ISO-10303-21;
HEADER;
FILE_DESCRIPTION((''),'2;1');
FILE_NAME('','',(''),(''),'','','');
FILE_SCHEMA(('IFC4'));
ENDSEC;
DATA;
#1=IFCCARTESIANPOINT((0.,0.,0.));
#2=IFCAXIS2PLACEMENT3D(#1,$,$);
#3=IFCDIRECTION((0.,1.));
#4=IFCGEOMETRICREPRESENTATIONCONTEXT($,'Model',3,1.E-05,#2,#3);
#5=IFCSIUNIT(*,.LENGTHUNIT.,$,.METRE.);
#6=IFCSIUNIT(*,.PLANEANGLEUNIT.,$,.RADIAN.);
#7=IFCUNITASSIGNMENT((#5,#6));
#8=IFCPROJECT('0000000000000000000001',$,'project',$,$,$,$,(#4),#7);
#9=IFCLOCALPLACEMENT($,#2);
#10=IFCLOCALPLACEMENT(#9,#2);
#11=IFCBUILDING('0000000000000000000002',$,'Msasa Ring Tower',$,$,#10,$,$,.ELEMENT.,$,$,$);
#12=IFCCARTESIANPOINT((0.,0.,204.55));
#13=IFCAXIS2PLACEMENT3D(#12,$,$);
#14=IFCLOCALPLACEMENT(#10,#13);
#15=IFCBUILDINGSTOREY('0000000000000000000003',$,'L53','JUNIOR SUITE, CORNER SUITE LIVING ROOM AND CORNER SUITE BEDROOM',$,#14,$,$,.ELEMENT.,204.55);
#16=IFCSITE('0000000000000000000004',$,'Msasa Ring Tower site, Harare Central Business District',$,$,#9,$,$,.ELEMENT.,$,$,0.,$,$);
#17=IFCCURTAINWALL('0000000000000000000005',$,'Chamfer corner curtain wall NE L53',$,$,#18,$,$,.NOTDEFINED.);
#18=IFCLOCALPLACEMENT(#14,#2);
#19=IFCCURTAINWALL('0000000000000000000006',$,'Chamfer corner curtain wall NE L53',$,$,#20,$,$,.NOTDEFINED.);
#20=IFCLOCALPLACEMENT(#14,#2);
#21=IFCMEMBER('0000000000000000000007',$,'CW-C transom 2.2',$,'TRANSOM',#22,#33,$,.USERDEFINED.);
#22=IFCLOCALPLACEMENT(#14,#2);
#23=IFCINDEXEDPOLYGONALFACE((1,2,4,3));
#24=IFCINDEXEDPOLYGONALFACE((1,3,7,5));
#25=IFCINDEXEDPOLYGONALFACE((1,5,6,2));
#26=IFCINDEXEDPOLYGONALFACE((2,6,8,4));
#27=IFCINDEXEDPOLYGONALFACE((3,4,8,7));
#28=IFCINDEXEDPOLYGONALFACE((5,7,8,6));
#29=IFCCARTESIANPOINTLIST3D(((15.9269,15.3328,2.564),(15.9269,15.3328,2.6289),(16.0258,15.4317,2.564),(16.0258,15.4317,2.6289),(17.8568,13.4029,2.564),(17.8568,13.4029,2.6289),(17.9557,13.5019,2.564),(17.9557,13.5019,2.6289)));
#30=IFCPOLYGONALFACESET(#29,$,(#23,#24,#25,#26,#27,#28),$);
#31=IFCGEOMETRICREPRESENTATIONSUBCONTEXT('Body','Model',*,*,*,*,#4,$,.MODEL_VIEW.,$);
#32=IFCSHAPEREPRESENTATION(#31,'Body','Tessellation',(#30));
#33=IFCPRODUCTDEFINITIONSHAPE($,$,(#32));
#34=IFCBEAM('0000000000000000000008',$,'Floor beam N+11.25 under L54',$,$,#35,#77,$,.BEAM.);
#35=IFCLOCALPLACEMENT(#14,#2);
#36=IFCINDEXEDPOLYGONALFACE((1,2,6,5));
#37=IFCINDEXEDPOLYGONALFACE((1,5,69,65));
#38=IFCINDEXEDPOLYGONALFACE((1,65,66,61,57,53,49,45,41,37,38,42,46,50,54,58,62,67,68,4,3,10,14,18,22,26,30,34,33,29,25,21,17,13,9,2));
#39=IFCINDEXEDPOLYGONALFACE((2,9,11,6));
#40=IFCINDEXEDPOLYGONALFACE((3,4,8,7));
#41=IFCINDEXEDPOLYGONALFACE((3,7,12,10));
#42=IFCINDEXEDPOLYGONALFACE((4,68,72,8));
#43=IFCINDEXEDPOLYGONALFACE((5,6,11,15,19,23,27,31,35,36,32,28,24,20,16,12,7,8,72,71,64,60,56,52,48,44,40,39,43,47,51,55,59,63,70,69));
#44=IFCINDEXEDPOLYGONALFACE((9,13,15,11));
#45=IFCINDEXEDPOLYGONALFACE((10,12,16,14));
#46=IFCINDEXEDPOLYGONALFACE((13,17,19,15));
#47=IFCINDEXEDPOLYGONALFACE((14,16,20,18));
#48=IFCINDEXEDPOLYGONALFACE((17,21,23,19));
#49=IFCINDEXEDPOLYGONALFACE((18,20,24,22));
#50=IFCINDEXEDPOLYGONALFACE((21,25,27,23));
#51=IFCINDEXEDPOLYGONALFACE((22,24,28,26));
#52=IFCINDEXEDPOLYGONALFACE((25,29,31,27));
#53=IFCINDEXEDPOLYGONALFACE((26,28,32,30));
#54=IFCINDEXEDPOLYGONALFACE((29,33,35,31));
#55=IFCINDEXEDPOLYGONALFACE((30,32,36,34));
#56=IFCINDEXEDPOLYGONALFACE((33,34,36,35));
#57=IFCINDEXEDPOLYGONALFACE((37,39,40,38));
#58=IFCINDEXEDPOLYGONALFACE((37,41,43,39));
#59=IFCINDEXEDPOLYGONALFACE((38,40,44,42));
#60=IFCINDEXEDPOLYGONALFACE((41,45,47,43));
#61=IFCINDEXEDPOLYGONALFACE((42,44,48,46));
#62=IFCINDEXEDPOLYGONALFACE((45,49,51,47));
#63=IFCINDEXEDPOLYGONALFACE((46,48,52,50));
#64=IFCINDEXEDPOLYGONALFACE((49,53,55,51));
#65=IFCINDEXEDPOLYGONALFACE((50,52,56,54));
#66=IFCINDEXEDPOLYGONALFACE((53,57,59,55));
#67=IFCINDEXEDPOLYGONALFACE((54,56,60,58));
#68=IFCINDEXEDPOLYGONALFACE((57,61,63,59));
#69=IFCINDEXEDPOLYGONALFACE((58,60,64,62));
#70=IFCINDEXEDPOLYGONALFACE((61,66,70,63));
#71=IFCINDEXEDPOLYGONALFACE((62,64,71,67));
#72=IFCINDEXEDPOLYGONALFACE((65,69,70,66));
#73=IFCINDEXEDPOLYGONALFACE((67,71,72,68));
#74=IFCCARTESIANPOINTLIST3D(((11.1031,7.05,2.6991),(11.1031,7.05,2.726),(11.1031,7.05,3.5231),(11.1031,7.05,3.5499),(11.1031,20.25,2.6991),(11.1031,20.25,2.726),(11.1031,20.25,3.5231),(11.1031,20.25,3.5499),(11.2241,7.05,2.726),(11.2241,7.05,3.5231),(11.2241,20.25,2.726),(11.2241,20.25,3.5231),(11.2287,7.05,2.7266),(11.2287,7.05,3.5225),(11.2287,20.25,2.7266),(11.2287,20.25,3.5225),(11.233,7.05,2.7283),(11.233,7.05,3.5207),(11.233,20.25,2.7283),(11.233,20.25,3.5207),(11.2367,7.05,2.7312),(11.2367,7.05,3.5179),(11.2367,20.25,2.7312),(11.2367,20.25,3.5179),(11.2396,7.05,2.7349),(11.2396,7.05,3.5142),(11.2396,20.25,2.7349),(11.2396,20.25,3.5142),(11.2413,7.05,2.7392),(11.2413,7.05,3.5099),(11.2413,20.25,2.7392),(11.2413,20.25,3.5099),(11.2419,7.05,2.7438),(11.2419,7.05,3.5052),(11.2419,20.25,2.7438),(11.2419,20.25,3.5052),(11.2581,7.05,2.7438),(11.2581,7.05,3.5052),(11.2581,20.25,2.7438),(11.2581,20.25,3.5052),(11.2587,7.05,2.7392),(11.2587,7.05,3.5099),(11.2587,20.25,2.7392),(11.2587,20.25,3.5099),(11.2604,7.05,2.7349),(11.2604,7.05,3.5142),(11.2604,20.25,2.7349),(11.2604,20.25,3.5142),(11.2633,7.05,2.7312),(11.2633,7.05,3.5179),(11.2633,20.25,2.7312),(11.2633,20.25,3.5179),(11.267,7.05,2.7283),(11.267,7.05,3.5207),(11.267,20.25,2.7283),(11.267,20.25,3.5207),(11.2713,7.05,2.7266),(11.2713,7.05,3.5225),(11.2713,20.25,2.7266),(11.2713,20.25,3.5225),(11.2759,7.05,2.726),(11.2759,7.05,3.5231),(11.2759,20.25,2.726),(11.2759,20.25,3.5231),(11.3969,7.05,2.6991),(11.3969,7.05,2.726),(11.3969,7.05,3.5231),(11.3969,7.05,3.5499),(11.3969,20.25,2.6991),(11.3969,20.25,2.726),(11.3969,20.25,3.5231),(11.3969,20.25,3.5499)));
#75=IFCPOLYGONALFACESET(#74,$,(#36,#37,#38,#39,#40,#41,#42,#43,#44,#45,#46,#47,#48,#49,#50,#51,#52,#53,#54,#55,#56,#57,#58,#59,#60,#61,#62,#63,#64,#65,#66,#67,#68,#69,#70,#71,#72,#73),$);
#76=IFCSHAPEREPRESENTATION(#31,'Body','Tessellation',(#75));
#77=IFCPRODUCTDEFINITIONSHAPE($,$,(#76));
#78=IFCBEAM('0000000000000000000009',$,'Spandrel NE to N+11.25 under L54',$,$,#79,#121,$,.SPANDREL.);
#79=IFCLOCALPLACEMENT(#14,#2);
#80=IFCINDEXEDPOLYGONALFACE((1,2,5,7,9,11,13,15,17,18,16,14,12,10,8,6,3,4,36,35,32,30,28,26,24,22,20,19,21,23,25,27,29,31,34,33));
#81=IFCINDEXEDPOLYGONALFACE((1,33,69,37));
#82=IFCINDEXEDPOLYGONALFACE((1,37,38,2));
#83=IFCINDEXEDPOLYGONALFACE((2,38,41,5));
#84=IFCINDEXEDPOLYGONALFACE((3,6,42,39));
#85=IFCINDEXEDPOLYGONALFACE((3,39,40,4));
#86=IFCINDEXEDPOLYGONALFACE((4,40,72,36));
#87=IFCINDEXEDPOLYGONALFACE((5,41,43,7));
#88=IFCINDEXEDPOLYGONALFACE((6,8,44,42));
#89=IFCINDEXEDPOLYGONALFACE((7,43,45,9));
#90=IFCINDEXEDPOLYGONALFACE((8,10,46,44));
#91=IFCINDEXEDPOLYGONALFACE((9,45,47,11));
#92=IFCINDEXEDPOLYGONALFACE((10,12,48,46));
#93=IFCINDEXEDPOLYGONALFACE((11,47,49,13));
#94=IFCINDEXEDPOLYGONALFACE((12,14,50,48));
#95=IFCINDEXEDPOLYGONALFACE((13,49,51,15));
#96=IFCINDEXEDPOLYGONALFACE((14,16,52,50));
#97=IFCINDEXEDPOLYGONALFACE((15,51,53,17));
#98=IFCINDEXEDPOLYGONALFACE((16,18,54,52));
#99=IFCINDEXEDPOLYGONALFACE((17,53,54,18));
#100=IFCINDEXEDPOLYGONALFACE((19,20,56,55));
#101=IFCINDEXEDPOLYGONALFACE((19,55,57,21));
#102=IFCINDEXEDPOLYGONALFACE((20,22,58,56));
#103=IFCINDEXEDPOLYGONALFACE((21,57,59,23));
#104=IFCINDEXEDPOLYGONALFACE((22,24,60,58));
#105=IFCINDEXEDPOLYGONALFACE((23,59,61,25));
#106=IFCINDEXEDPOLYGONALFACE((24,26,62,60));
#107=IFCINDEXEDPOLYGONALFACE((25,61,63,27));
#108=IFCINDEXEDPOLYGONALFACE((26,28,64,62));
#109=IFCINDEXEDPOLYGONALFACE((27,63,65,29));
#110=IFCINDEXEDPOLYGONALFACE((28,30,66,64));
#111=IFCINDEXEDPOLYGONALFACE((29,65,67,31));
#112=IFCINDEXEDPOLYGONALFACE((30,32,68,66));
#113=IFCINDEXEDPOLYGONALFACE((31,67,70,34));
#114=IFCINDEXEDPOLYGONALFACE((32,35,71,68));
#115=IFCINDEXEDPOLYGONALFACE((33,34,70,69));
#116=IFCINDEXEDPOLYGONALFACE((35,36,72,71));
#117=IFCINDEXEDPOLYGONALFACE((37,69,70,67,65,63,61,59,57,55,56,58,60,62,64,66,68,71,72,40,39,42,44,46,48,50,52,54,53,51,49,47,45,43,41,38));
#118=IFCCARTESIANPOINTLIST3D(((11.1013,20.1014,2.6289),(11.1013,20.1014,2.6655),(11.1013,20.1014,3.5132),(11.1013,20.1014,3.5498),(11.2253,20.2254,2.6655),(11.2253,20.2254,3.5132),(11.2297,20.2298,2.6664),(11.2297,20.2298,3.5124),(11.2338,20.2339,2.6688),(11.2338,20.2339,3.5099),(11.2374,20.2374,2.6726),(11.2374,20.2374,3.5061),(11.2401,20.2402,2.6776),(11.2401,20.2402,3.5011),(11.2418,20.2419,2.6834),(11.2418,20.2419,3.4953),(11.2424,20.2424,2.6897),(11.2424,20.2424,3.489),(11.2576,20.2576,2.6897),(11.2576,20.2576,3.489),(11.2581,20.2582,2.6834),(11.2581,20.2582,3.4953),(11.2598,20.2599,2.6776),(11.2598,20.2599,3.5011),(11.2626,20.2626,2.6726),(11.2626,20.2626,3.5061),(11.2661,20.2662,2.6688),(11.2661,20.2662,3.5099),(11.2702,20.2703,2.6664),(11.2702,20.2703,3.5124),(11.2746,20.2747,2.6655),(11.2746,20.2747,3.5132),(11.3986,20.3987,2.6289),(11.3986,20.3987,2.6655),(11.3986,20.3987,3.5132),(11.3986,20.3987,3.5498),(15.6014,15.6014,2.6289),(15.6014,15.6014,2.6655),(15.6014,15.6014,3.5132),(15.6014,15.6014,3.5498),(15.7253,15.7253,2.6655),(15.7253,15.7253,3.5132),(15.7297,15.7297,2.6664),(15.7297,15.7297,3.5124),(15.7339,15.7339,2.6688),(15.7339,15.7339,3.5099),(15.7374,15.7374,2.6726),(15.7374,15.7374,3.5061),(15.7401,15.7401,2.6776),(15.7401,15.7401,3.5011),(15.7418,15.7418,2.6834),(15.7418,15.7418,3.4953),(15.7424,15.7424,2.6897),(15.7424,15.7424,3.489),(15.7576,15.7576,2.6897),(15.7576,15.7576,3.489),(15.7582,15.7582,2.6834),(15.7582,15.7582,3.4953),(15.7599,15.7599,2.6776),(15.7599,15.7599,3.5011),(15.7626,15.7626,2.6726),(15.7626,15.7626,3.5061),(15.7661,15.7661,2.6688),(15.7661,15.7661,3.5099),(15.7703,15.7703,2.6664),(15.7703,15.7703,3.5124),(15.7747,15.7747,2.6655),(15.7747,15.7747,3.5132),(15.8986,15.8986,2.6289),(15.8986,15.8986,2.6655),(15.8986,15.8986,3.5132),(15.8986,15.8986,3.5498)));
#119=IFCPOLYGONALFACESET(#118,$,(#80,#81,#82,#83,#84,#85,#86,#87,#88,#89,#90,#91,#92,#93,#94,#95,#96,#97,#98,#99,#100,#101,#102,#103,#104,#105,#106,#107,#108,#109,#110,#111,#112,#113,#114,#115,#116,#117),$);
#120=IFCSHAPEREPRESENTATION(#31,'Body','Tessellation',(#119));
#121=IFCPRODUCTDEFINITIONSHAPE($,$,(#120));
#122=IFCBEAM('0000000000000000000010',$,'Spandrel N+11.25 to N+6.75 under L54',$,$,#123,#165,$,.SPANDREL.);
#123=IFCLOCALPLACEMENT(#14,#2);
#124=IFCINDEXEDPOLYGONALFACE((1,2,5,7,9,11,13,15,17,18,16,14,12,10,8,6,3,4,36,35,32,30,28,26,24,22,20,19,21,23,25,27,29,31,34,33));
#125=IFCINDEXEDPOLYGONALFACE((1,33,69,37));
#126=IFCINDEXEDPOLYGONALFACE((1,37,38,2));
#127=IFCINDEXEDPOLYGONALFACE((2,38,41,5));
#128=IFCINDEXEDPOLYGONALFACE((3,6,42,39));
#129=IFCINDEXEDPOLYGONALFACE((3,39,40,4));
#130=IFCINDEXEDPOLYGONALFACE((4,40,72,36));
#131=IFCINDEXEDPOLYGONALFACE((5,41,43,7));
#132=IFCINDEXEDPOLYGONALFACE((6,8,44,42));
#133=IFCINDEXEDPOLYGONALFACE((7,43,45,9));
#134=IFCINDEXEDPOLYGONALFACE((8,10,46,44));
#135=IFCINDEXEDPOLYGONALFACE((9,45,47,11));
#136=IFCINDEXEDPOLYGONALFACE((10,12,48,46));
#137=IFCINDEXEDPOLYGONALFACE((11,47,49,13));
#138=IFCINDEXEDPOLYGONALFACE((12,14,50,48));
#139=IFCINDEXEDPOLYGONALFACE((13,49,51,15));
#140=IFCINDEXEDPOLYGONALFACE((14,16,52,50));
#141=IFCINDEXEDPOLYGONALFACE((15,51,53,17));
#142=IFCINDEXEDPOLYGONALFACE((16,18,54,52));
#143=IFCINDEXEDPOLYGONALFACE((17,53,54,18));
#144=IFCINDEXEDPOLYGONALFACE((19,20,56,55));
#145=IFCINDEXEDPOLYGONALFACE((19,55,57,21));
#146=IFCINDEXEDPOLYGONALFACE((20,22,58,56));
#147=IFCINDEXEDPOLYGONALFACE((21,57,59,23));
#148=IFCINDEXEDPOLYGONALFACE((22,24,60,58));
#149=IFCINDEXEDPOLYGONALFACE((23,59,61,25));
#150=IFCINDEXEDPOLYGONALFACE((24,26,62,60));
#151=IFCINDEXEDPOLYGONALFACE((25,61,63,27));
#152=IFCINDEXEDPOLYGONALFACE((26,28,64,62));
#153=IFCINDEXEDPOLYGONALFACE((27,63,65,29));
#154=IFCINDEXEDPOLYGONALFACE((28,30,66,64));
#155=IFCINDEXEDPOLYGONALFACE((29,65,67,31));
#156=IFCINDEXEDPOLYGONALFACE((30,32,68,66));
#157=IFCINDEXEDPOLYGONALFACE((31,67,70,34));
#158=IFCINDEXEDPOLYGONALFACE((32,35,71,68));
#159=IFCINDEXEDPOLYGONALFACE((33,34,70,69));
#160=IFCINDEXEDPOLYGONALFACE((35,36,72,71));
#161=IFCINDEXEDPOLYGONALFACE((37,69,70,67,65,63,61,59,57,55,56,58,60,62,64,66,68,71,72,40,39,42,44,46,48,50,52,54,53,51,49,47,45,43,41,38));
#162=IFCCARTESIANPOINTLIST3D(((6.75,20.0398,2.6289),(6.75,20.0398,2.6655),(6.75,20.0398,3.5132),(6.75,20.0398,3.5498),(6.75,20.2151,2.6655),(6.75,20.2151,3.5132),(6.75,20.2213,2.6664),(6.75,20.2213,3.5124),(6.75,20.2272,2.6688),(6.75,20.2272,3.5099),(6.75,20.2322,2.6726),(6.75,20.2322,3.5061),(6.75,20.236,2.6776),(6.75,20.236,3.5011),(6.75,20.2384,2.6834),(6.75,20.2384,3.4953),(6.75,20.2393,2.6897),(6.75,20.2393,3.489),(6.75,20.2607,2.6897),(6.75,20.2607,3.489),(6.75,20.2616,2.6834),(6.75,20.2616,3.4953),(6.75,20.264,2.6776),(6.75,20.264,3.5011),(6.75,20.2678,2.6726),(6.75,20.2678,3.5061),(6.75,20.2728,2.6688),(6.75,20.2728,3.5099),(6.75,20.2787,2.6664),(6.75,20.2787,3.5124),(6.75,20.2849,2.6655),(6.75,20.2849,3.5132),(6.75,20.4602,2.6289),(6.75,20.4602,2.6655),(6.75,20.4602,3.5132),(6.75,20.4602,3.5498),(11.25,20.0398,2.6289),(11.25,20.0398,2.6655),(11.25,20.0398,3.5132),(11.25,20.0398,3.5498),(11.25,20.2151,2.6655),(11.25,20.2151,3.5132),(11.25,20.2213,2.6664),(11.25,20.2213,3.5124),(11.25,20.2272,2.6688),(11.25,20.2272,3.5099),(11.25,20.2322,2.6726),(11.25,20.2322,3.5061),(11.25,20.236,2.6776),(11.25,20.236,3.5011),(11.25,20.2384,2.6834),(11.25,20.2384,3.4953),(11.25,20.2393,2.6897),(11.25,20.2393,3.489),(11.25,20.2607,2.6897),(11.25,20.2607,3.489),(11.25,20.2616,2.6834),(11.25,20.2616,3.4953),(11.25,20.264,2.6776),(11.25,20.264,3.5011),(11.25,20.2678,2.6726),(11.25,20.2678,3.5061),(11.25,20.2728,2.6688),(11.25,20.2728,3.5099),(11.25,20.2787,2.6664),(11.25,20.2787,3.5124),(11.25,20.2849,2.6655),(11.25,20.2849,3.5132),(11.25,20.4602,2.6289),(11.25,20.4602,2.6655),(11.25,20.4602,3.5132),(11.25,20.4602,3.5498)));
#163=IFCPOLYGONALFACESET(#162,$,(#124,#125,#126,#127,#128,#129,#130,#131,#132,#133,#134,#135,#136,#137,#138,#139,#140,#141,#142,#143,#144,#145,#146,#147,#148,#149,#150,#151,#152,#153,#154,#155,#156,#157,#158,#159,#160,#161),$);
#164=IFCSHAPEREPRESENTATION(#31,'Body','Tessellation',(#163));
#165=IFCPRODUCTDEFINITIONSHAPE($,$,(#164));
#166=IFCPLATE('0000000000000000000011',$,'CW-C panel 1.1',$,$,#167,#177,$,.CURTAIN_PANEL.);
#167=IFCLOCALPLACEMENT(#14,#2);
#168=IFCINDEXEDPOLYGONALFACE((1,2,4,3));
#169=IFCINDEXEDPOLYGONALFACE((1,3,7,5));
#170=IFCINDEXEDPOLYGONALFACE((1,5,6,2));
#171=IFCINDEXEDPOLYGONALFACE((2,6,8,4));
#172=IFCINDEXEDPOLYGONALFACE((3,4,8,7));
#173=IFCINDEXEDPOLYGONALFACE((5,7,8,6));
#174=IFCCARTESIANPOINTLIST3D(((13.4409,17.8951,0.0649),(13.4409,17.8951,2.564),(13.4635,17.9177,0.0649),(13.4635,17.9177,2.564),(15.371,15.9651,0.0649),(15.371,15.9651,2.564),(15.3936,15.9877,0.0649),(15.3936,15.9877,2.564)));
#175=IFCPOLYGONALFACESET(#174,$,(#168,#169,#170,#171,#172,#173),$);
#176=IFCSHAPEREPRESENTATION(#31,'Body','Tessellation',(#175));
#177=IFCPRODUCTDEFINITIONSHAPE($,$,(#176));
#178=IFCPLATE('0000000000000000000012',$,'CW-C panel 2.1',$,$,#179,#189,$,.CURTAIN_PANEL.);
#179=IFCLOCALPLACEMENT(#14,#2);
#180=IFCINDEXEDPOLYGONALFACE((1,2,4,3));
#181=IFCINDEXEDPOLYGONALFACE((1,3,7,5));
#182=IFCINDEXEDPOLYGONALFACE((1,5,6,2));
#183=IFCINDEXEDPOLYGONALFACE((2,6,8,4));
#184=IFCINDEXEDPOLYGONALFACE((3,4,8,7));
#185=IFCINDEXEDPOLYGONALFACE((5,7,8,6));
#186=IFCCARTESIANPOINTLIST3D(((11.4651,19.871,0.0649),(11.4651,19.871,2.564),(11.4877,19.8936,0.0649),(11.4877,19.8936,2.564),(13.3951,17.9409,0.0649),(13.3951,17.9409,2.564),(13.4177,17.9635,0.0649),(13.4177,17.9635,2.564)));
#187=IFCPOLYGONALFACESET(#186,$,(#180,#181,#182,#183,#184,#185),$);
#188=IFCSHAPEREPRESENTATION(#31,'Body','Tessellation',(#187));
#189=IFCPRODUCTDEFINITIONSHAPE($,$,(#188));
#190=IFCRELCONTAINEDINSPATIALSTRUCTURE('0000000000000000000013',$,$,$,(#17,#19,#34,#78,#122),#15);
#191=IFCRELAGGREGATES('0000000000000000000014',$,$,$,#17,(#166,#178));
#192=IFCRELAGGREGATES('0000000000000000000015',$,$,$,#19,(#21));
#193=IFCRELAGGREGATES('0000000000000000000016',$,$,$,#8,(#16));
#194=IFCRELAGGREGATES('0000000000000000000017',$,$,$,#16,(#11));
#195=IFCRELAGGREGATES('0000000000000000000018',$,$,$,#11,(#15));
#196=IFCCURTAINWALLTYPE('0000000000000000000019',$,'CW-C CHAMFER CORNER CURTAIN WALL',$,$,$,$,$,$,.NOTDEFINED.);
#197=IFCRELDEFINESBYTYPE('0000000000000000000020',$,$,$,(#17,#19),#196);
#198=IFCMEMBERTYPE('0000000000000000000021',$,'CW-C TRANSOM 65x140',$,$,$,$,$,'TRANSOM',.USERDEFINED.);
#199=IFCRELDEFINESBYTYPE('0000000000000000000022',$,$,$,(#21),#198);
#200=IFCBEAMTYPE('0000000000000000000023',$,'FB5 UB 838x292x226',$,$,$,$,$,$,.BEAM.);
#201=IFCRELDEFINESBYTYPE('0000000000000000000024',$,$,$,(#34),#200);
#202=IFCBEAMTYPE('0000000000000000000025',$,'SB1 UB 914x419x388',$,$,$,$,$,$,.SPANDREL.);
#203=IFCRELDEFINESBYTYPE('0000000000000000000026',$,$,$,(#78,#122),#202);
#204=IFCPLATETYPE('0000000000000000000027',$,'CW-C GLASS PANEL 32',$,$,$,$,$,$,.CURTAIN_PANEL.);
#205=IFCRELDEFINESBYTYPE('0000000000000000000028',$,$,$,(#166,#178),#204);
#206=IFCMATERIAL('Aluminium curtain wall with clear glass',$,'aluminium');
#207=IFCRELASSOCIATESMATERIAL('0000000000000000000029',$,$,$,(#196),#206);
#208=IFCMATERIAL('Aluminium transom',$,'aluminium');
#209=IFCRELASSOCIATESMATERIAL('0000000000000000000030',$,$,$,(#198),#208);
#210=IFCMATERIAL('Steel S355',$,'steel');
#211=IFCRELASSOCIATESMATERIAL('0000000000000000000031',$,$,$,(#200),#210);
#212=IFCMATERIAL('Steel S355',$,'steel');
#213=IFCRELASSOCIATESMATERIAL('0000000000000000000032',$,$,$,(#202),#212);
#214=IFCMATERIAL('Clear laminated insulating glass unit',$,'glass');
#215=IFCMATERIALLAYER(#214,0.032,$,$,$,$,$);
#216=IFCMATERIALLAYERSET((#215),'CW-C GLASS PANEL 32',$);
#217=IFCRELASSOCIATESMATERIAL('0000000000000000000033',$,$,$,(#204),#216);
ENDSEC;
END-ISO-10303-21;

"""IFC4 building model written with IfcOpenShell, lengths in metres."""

from ifc_helpers import new_model, si_unit, direction, frame, origin, origin_2d, place, context, subcontext, project, spatial, rectangle, i_section, extrude, material, layer, layer_set, material_profile, profile_set, type_object, element, aggregate, save


model = new_model("IFC4")

# Units and contexts
model_context = context("Model", 3, precision=1e-05, world=origin(), true_north=direction((0.0, 1.0)))
body_context = subcontext(model_context, "Body", "Model", "MODEL_VIEW")
ifc_project = project(units=[si_unit("LENGTHUNIT", "METRE"), si_unit("PLANEANGLEUNIT", "RADIAN")], contexts=[model_context])

# Site, building, storey
site_placement = place(None, origin())
site = spatial("IfcSite", under=ifc_project, at=site_placement, Name="Msasa Ring Tower site, Harare Central Business District", CompositionType="ELEMENT", RefElevation=0.0)
building_placement = place(site_placement, origin())
building = spatial("IfcBuilding", under=site, at=building_placement, Name="Msasa Ring Tower", CompositionType="ELEMENT")
storey_placement = place(building_placement, frame((0.0, 0.0, 204.55)))
storey = spatial("IfcBuildingStorey", under=building, at=storey_placement, Name="L53", Description="JUNIOR SUITE, CORNER SUITE LIVING ROOM AND CORNER SUITE BEDROOM", CompositionType="ELEMENT", Elevation=204.55)

# Curtain walls
ifc_material_1 = material(Name="Aluminium curtain wall with clear glass", Category="aluminium")
curtain_wall_type = type_object("IfcCurtainWallType", Name="CW-C CHAMFER CORNER CURTAIN WALL", PredefinedType="NOTDEFINED", material=ifc_material_1)
curtain_wall_1_placement = place(storey_placement, origin())
curtain_wall_1 = element("IfcCurtainWall", 1, at=curtain_wall_1_placement, inside=storey, type_object=curtain_wall_type, Name="Chamfer corner curtain wall NE L53", PredefinedType="NOTDEFINED")
curtain_wall_2_placement = place(storey_placement, origin())
curtain_wall_2 = element("IfcCurtainWall", 2, at=curtain_wall_2_placement, inside=storey, type_object=curtain_wall_type, Name="Chamfer corner curtain wall NE L53", PredefinedType="NOTDEFINED")

# Member
ifc_material_2 = material(Name="Aluminium transom", Category="aluminium")
ifc_material_profile_1 = material_profile(ifc_material_2, rectangle(XDim=0.1399, YDim=0.0649, at=origin_2d()), Name="AL 65x140")
ifc_profile_set_1 = profile_set([ifc_material_profile_1], Name="Aluminium transom")
member_type_1 = type_object("IfcMemberType", Name="CW-C TRANSOM 65x140", ElementType="TRANSOM", PredefinedType="USERDEFINED", material=ifc_profile_set_1)
member_1_placement = place(storey_placement, frame((17.9062, 13.4524, 2.5964), z_axis=(-0.707107, 0.707107, 0.0), x_axis=(-0.707107, -0.707107, 0.0)))
member_1 = element("IfcMember", 3, at=member_1_placement, type_object=member_type_1, Name="CW-C transom 2.2", ObjectType="TRANSOM", PredefinedType="USERDEFINED", context=body_context, shape_type="SweptSolid", body=[
    extrude(rectangle(XDim=0.1399, YDim=0.0649, at=origin_2d()), origin(), (0.0, 0.0, 1.0), 2.7292),
])

# Beams
ifc_material_3 = material(Name="Steel S355", Category="steel")
ifc_material_profile_2 = material_profile(ifc_material_3, i_section(OverallWidth=0.2937, OverallDepth=0.8508, WebThickness=0.0161, FlangeThickness=0.0269, FilletRadius=0.0178, at=origin_2d()), Name="UB 838x292x226")
ifc_profile_set_2 = profile_set([ifc_material_profile_2], Name="Steel S355")
beam_type_1 = type_object("IfcBeamType", Name="FB5 UB 838x292x226", PredefinedType="BEAM", material=ifc_profile_set_2)
beam_1_placement = place(storey_placement, frame((11.25, 20.25, 3.1245), z_axis=(0.0, -1.0, 0.0), x_axis=(1.0, 0.0, 0.0)))
element("IfcBeam", 4, at=beam_1_placement, inside=storey, type_object=beam_type_1, Name="Floor beam N+11.25 under L54", PredefinedType="BEAM", context=body_context, shape_type="SweptSolid", body=[
    extrude(i_section(OverallWidth=0.2937, OverallDepth=0.8508, WebThickness=0.0161, FlangeThickness=0.0269, FilletRadius=0.0178, at=origin_2d()), origin(), (0.0, 0.0, 1.0), 13.2),
])
ifc_material_4 = material(Name="Steel S355", Category="steel")
ifc_material_profile_3 = material_profile(ifc_material_4, i_section(OverallWidth=0.4204, OverallDepth=0.9209, WebThickness=0.0215, FlangeThickness=0.0366, FilletRadius=0.0242, at=origin_2d()), Name="UB 914x419x388")
ifc_profile_set_3 = profile_set([ifc_material_profile_3], Name="Steel S355")
beam_type_2 = type_object("IfcBeamType", Name="SB1 UB 914x419x388", PredefinedType="SPANDREL", material=ifc_profile_set_3)
beam_2_placement = place(storey_placement, frame((15.75, 15.75, 3.0894), z_axis=(-0.707107, 0.707107, 0.0), x_axis=(-0.707107, -0.707107, 0.0)))
element("IfcBeam", 5, at=beam_2_placement, inside=storey, type_object=beam_type_2, Name="Spandrel NE to N+11.25 under L54", PredefinedType="SPANDREL", context=body_context, shape_type="SweptSolid", body=[
    extrude(i_section(OverallWidth=0.4204, OverallDepth=0.9209, WebThickness=0.0215, FlangeThickness=0.0366, FilletRadius=0.0242, at=origin_2d()), origin(), (0.0, 0.0, 1.0), 6.364),
])
beam_3_placement = place(storey_placement, frame((11.25, 20.25, 3.0894), z_axis=(-1.0, 0.0, 0.0), x_axis=(0.0, -1.0, 0.0)))
element("IfcBeam", 6, at=beam_3_placement, inside=storey, type_object=beam_type_2, Name="Spandrel N+11.25 to N+6.75 under L54", PredefinedType="SPANDREL", context=body_context, shape_type="SweptSolid", body=[
    extrude(i_section(OverallWidth=0.4204, OverallDepth=0.9209, WebThickness=0.0215, FlangeThickness=0.0366, FilletRadius=0.0242, at=origin_2d()), origin(), (0.0, 0.0, 1.0), 4.5),
])

# Plates
ifc_material_5 = material(Name="Clear laminated insulating glass unit", Category="glass")
ifc_layer_1 = layer(ifc_material_5, 0.032)
ifc_layer_set_1 = layer_set([ifc_layer_1], Name="CW-C GLASS PANEL 32")
plate_type = type_object("IfcPlateType", Name="CW-C GLASS PANEL 32", PredefinedType="CURTAIN_PANEL", material=ifc_layer_set_1)
plate_1_placement = place(storey_placement, frame((14.4172, 16.9414, 0.0649), z_axis=(0.0, 0.0, 1.0), x_axis=(-0.707107, 0.707107, 0.0)))
plate_1 = element("IfcPlate", 7, at=plate_1_placement, type_object=plate_type, Name="CW-C panel 1.1", PredefinedType="CURTAIN_PANEL", context=body_context, shape_type="SweptSolid", body=[
    extrude(rectangle(XDim=2.7295, YDim=0.032, at=origin_2d()), origin(), (0.0, 0.0, 1.0), 2.499),
])
plate_2_placement = place(storey_placement, frame((12.4414, 18.9172, 0.0649), z_axis=(0.0, 0.0, 1.0), x_axis=(-0.707107, 0.707107, 0.0)))
plate_2 = element("IfcPlate", 8, at=plate_2_placement, type_object=plate_type, Name="CW-C panel 2.1", PredefinedType="CURTAIN_PANEL", context=body_context, shape_type="SweptSolid", body=[
    extrude(rectangle(XDim=2.7295, YDim=0.032, at=origin_2d()), origin(), (0.0, 0.0, 1.0), 2.499),
])
aggregate(curtain_wall_1, [plate_1, plate_2])
aggregate(curtain_wall_2, [member_1])

save(model, "model.ifc")
